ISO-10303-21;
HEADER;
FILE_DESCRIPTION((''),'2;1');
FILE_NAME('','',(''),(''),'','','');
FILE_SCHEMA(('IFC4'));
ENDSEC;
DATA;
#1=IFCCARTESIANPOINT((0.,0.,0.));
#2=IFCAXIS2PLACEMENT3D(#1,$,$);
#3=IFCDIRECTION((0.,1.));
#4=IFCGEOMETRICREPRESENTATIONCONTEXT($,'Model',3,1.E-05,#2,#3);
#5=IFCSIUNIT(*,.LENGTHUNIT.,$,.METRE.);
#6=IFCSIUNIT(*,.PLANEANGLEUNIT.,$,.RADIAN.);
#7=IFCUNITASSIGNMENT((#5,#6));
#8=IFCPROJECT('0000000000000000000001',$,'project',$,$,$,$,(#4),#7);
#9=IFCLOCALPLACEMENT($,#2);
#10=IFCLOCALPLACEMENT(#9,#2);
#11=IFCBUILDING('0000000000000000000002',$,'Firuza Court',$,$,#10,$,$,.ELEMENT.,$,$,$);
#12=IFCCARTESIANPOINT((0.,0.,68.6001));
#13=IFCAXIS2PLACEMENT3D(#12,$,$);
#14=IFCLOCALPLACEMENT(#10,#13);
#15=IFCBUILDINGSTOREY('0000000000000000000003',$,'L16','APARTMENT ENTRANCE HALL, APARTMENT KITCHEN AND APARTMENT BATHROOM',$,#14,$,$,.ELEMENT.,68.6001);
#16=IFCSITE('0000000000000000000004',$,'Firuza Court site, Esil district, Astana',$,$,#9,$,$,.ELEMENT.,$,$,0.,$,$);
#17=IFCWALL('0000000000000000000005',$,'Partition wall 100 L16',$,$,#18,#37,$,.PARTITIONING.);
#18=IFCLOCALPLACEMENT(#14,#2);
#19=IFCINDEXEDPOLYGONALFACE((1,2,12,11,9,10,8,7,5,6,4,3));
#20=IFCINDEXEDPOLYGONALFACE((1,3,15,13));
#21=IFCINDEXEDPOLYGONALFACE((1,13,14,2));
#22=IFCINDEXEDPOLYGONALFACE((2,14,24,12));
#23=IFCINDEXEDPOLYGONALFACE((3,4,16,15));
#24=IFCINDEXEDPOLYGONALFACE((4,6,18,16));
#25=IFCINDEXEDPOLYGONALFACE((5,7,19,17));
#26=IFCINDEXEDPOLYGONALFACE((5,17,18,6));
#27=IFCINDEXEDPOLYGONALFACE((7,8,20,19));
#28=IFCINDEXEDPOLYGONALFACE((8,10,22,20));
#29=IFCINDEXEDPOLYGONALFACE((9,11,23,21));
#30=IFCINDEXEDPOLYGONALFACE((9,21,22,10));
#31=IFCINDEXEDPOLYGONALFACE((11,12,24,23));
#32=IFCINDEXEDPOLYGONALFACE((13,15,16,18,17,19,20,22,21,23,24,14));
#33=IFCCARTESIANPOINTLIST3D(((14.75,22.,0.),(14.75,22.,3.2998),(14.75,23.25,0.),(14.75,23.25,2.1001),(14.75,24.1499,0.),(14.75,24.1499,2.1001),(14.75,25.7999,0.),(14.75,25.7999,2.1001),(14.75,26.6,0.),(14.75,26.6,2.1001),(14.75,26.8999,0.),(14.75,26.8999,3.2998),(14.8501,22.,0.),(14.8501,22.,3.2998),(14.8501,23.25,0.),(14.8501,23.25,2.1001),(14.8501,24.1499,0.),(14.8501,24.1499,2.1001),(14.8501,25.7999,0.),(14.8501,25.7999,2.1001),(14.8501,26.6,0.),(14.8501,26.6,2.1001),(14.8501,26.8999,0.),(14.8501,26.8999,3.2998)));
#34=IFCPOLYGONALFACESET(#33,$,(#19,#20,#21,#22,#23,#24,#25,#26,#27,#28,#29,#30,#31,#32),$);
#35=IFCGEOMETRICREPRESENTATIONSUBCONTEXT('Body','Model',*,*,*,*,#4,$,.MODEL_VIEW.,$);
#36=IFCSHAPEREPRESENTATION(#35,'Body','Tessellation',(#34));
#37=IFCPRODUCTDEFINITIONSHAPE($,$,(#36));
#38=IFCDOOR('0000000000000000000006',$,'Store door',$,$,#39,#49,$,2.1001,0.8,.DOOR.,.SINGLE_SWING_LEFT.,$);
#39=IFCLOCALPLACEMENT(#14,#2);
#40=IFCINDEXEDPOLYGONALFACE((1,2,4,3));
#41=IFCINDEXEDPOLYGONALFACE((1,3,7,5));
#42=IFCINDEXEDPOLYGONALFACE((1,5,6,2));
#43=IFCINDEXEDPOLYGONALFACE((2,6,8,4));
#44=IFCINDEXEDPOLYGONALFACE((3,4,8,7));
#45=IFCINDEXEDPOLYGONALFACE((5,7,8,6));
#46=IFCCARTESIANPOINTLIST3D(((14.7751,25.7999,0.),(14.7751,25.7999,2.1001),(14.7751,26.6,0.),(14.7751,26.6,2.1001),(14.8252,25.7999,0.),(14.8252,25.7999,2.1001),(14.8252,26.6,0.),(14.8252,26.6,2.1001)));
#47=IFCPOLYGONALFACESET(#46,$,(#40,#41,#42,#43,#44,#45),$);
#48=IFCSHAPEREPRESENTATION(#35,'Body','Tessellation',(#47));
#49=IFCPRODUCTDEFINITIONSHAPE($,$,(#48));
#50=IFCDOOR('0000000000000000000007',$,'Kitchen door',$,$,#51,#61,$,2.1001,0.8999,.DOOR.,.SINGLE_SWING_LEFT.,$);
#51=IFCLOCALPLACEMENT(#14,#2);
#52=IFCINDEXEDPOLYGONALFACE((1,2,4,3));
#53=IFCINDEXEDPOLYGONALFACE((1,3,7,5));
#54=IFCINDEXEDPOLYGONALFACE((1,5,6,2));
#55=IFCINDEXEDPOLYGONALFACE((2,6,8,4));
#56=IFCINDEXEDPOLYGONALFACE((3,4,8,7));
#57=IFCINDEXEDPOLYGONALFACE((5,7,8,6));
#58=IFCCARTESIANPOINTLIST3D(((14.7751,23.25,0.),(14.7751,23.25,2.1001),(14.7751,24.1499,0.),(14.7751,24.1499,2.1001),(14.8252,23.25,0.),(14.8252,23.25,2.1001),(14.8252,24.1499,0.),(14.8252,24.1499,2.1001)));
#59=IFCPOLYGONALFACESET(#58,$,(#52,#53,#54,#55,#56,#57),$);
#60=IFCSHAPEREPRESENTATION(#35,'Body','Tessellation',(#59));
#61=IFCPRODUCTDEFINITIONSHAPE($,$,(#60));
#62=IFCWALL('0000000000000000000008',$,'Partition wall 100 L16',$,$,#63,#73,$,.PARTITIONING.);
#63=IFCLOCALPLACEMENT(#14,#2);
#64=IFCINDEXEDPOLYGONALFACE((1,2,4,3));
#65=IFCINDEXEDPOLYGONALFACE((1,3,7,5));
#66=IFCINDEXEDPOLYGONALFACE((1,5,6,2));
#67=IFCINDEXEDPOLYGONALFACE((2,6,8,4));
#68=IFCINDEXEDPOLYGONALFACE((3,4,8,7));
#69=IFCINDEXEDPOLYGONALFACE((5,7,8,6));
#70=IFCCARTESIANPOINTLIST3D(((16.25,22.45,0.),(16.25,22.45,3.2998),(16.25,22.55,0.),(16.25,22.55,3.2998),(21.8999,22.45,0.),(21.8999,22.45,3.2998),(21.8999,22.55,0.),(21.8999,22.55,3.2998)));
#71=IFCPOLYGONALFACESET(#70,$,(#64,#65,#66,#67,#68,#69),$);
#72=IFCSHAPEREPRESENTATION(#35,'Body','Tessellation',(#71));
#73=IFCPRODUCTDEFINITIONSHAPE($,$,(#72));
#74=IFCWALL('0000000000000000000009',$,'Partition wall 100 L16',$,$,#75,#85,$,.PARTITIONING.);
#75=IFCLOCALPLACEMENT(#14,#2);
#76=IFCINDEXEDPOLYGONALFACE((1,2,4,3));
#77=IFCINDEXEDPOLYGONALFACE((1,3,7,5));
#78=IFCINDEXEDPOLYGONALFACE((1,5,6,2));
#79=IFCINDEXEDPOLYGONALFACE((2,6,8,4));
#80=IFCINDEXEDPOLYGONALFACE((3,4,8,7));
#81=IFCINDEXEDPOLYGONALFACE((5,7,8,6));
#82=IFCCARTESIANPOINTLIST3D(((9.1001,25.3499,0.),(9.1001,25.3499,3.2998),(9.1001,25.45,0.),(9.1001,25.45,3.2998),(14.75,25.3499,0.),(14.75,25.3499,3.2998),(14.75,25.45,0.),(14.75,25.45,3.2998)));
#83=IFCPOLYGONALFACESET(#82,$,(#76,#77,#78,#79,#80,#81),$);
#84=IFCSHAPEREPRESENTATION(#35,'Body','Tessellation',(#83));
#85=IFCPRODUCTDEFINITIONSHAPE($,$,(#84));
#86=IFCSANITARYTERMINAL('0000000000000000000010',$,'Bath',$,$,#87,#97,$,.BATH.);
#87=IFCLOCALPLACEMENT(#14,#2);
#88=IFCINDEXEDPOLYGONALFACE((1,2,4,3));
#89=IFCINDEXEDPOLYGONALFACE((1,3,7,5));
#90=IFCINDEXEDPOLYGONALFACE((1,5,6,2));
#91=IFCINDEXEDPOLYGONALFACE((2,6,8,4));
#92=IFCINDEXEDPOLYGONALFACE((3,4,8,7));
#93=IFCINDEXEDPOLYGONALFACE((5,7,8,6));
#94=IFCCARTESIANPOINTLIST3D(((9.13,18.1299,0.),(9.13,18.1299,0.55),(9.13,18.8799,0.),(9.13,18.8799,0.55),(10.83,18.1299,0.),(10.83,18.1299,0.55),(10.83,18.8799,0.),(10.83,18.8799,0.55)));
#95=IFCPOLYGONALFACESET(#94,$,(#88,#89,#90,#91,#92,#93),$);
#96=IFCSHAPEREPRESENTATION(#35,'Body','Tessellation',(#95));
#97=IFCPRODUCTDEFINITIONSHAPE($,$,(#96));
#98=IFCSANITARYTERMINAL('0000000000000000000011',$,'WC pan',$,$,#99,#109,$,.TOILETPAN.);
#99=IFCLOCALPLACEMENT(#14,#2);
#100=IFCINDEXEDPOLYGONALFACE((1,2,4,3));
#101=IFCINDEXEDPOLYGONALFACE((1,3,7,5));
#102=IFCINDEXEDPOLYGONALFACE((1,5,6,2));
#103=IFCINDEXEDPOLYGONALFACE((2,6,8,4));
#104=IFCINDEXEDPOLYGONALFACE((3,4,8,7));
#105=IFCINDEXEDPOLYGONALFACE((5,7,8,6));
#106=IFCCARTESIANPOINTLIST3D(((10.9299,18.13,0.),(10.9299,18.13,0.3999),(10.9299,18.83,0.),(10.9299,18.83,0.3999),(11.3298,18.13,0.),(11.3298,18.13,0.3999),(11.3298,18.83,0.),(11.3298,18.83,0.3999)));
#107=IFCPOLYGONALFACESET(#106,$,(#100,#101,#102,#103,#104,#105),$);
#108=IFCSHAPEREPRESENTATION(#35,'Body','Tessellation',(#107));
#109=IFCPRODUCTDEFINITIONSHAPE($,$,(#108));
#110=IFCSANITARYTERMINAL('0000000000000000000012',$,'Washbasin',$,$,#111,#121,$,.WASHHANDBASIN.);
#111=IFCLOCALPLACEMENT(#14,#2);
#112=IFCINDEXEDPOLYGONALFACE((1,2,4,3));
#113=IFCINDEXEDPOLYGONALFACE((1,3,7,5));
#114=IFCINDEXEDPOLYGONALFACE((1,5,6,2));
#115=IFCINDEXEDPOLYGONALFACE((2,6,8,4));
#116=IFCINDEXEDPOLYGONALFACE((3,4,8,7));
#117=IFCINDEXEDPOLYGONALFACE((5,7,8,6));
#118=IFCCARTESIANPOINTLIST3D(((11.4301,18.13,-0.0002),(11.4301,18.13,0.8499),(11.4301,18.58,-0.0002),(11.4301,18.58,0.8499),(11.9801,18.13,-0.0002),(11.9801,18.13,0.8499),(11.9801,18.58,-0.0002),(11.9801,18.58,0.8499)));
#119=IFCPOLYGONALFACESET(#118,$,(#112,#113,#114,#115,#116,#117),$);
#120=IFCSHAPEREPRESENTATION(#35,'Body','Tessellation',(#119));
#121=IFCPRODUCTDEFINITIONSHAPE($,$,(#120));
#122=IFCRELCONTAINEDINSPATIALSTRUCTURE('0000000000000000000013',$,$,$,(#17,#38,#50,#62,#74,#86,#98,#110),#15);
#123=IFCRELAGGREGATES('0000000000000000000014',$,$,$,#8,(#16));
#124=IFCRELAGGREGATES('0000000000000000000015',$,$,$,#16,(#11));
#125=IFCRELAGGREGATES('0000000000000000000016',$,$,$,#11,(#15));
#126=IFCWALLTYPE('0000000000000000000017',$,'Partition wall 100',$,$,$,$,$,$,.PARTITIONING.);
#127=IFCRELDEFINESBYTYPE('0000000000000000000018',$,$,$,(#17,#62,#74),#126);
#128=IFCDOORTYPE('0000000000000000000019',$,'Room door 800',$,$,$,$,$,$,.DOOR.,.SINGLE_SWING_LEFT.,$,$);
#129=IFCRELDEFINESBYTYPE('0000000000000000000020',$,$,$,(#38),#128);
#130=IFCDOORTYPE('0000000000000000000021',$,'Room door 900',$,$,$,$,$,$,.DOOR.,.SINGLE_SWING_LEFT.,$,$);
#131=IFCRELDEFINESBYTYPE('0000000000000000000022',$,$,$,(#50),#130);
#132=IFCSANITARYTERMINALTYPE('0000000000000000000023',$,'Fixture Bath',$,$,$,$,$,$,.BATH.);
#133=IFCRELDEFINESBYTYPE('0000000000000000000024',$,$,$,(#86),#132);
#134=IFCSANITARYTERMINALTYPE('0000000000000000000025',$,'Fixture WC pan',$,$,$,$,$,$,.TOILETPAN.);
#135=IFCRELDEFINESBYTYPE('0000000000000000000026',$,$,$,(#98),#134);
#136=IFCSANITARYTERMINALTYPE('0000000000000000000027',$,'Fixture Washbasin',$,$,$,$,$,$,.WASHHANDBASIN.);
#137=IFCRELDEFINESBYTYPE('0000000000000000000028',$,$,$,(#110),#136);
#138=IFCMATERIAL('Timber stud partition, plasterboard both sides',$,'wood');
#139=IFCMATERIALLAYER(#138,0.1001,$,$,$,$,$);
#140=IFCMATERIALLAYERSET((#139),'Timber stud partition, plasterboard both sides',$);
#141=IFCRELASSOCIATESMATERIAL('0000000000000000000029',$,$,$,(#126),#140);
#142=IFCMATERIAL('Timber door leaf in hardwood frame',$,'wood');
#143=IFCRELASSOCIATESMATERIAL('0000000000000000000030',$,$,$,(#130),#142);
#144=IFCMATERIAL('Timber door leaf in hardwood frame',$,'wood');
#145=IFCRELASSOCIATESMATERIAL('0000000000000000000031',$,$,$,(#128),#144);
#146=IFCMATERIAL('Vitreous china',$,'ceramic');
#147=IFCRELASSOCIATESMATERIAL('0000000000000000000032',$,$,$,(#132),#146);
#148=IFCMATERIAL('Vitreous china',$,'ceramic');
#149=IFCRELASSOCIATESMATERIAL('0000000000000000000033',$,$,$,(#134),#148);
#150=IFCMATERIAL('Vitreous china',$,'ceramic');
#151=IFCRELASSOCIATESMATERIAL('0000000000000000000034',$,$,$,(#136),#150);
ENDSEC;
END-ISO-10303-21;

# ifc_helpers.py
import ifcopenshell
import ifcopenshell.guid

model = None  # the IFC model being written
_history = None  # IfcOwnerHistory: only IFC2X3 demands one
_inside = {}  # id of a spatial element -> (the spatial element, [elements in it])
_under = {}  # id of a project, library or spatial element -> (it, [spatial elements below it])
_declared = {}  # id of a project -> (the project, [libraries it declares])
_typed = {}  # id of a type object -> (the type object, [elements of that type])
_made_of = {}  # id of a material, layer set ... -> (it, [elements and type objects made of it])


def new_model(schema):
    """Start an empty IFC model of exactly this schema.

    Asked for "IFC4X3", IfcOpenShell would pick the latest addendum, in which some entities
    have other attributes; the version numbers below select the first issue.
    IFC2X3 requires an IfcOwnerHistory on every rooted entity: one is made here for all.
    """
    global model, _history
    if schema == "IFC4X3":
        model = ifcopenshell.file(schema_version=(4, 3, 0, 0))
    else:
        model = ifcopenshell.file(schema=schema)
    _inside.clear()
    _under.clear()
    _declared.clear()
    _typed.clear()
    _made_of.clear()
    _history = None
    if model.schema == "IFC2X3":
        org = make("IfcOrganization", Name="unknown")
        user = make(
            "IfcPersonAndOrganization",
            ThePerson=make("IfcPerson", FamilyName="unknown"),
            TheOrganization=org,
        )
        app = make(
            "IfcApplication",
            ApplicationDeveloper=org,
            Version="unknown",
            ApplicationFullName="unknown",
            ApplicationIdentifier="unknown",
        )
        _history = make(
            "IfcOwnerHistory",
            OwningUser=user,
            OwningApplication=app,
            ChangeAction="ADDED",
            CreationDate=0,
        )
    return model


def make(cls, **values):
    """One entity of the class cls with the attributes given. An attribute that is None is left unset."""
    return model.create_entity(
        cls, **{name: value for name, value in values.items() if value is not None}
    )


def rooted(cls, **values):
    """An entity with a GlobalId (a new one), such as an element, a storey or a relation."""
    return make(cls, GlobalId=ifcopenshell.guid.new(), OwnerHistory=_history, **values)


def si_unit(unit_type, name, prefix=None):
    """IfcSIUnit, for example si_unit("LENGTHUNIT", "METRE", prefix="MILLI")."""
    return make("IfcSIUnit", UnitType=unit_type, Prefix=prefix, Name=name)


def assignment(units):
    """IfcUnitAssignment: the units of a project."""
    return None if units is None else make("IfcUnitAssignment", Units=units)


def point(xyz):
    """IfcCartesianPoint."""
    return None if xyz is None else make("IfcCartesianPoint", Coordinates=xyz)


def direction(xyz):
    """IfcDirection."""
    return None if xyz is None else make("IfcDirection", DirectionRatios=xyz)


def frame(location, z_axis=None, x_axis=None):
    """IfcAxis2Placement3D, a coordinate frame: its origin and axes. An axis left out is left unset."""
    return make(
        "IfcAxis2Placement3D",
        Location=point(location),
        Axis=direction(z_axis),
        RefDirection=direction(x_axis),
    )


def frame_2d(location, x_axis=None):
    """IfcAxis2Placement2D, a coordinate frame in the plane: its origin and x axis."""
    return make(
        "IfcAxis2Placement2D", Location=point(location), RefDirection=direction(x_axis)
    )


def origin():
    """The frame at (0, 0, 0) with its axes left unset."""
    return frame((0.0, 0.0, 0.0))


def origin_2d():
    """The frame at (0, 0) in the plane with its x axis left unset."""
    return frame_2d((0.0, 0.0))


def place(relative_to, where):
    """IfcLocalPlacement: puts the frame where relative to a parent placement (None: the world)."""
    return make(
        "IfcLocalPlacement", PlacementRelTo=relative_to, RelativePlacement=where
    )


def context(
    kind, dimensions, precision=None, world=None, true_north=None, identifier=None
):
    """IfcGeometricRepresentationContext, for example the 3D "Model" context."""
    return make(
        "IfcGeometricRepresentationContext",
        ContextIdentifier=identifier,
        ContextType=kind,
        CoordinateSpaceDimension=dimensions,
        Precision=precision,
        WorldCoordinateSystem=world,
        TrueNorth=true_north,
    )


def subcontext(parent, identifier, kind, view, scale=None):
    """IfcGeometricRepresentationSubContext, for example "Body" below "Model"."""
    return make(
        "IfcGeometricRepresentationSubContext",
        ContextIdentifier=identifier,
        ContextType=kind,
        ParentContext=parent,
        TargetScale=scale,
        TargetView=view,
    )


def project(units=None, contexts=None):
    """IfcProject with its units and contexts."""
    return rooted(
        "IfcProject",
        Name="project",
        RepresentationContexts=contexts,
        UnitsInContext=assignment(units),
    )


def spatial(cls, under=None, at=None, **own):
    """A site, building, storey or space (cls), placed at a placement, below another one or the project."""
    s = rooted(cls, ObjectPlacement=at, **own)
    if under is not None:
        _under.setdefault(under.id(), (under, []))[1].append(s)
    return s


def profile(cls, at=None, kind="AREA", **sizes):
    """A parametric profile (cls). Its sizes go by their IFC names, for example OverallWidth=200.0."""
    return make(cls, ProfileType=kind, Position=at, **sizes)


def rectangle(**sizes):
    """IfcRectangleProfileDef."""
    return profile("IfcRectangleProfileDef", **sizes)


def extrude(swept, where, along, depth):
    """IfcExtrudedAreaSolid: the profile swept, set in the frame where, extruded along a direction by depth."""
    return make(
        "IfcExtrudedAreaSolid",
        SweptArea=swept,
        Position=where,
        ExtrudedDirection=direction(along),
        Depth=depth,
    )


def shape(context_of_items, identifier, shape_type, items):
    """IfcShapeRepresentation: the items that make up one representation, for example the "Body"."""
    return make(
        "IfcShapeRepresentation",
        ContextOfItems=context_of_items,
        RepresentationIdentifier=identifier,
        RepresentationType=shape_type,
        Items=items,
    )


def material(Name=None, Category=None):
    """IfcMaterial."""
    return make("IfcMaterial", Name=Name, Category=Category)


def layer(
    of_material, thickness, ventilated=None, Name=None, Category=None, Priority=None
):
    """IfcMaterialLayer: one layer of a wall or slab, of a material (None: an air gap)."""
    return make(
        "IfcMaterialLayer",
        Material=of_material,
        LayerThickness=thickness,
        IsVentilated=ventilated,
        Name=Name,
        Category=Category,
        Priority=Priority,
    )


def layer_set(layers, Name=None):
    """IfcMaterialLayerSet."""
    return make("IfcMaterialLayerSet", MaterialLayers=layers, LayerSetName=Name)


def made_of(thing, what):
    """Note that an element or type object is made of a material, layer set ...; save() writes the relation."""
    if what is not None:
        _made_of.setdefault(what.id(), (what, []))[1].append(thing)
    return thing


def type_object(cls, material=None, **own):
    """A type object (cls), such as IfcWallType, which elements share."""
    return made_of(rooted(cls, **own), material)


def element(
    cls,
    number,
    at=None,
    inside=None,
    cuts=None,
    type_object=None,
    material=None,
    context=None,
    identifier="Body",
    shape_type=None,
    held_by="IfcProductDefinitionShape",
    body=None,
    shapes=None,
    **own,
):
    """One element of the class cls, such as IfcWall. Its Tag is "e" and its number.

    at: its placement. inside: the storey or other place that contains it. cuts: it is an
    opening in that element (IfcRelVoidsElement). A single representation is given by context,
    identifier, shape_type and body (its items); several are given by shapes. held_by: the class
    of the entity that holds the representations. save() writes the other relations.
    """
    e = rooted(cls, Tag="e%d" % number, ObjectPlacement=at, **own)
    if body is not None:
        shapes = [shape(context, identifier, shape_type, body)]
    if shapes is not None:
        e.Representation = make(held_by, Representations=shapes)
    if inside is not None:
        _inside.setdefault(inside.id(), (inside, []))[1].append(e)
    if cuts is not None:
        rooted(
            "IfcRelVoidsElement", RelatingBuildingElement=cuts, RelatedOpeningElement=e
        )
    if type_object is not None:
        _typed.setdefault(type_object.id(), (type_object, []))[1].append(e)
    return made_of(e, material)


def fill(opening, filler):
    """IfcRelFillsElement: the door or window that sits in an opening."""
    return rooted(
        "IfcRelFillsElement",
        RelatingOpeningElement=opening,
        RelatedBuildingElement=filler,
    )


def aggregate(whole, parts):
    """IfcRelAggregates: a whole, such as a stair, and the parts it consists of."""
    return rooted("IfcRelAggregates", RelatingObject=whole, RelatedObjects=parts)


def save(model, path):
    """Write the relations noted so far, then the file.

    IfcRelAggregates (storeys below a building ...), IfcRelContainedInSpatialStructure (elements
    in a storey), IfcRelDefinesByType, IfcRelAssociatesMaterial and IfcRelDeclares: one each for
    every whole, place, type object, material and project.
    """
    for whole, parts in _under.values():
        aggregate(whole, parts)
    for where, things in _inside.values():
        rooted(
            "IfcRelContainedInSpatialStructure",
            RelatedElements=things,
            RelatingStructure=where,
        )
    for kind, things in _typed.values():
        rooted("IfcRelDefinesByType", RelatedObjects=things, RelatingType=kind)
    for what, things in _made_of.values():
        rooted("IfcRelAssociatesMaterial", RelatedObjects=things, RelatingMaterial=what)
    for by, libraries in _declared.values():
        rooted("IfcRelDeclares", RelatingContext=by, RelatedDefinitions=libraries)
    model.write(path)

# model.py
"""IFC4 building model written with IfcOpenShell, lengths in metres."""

from ifc_helpers import new_model, si_unit, direction, frame, frame_2d, origin, origin_2d, place, context, subcontext, project, spatial, rectangle, extrude, material, layer, layer_set, type_object, element, fill, save


model = new_model("IFC4")

# Units and contexts
model_context = context("Model", 3, precision=1e-05, world=origin(), true_north=direction((0.0, 1.0)))
body_context = subcontext(model_context, "Body", "Model", "MODEL_VIEW")
ifc_project = project(units=[si_unit("LENGTHUNIT", "METRE"), si_unit("PLANEANGLEUNIT", "RADIAN")], contexts=[model_context])

# Site, building, storey
site_placement = place(None, origin())
site = spatial("IfcSite", under=ifc_project, at=site_placement, Name="Firuza Court site, Esil district, Astana", CompositionType="ELEMENT", RefElevation=0.0)
building_placement = place(site_placement, origin())
building = spatial("IfcBuilding", under=site, at=building_placement, Name="Firuza Court", CompositionType="ELEMENT")
storey_placement = place(building_placement, frame((0.0, 0.0, 68.6001)))
storey = spatial("IfcBuildingStorey", under=building, at=storey_placement, Name="L16", Description="APARTMENT ENTRANCE HALL, APARTMENT KITCHEN AND APARTMENT BATHROOM", CompositionType="ELEMENT", Elevation=68.6001)

# Shared definitions
ifc_material_1 = material(Name="Timber stud partition, plasterboard both sides", Category="wood")
ifc_layer_1 = layer(ifc_material_1, 0.1001)
ifc_layer_set_1 = layer_set([ifc_layer_1], Name="Timber stud partition, plasterboard both sides")
wall_type_1 = type_object("IfcWallType", Name="Partition wall 100", PredefinedType="PARTITIONING", material=ifc_layer_set_1)
ifc_material_2 = material(Name="Timber door leaf in hardwood frame", Category="wood")
door_type_1 = type_object("IfcDoorType", Name="Room door 900", OperationType="SINGLE_SWING_LEFT", PredefinedType="DOOR", material=ifc_material_2)

# Wall, openings, doors
wall_1_placement = place(storey_placement, frame((14.8, 22.0, 0.0), z_axis=(0.0, 0.0, 1.0), x_axis=(0.0, 1.0, 0.0)))
wall_1 = element("IfcWall", 1, at=wall_1_placement, inside=storey, type_object=wall_type_1, Name="Partition wall 100 L16", PredefinedType="PARTITIONING", context=body_context, shape_type="SweptSolid", body=[
    extrude(rectangle(XDim=4.8999, YDim=0.1001, at=frame_2d((2.45, 0.0))), origin(), (0.0, 0.0, 1.0), 3.2998),
])
opening_1_placement = place(wall_1_placement, frame((1.25, 0.0, 0.0)))
opening_1 = element("IfcOpeningElement", 2, at=opening_1_placement, cuts=wall_1, PredefinedType="OPENING", context=body_context, shape_type="SweptSolid", body=[
    extrude(rectangle(XDim=0.8999, YDim=2.1001, at=frame_2d((0.45, 1.05))), frame((0.0, 0.062, 0.0), z_axis=(0.0, -1.0, 0.0), x_axis=(1.0, 0.0, 0.0)), (0.0, 0.0, 1.0), 0.124),
])
opening_2_placement = place(wall_1_placement, frame((3.8, 0.0, 0.0)))
opening_2 = element("IfcOpeningElement", 3, at=opening_2_placement, cuts=wall_1, PredefinedType="OPENING", context=body_context, shape_type="SweptSolid", body=[
    extrude(rectangle(XDim=0.8, YDim=2.1001, at=frame_2d((0.3999, 1.05))), frame((0.0, 0.062, 0.0), z_axis=(0.0, -1.0, 0.0), x_axis=(1.0, 0.0, 0.0)), (0.0, 0.0, 1.0), 0.124),
])
ifc_material_3 = material(Name="Timber door leaf in hardwood frame", Category="wood")
door_type_2 = type_object("IfcDoorType", Name="Room door 800", OperationType="SINGLE_SWING_LEFT", PredefinedType="DOOR", material=ifc_material_3)
door_1_placement = place(opening_2_placement, origin())
door_1 = element("IfcDoor", 4, at=door_1_placement, inside=storey, type_object=door_type_2, Name="Store door", OperationType="SINGLE_SWING_LEFT", OverallHeight=2.1001, OverallWidth=0.8, PredefinedType="DOOR", context=body_context, shape_type="SweptSolid", body=[
    extrude(rectangle(XDim=0.8, YDim=2.1001, at=frame_2d((0.3999, 1.05))), frame((0.0, 0.0249, 0.0), z_axis=(0.0, -1.0, 0.0), x_axis=(1.0, 0.0, 0.0)), (0.0, 0.0, 1.0), 0.05),
])
fill(opening_2, door_1)
door_2_placement = place(opening_1_placement, origin())
door_2 = element("IfcDoor", 5, at=door_2_placement, inside=storey, type_object=door_type_1, Name="Kitchen door", OperationType="SINGLE_SWING_LEFT", OverallHeight=2.1001, OverallWidth=0.8999, PredefinedType="DOOR", context=body_context, shape_type="SweptSolid", body=[
    extrude(rectangle(XDim=0.8999, YDim=2.1001, at=frame_2d((0.45, 1.05))), frame((0.0, 0.0249, 0.0), z_axis=(0.0, -1.0, 0.0), x_axis=(1.0, 0.0, 0.0)), (0.0, 0.0, 1.0), 0.05),
])
fill(opening_1, door_2)

# Walls
for number, where, z_axis, x_axis, name in (
    (6, (16.25, 22.5, 0.0), (0.0, 0.0, 1.0), (1.0, 0.0, 0.0), "Partition wall 100 L16"),
    (7, (9.1001, 25.3999, 0.0), (0.0, 0.0, 1.0), (1.0, 0.0, 0.0), "Partition wall 100 L16"),
):
    element("IfcWall", number, at=place(storey_placement, frame(where, z_axis=z_axis, x_axis=x_axis)), inside=storey, type_object=wall_type_1, Name=name, PredefinedType="PARTITIONING", context=body_context, shape_type="SweptSolid", body=[
        extrude(rectangle(XDim=5.6499, YDim=0.1001, at=frame_2d((2.825, 0.0))), origin(), (0.0, 0.0, 1.0), 3.2998),
    ])

# Sanitary terminals
ifc_material_4 = material(Name="Vitreous china", Category="ceramic")
sanitary_terminal_type_1 = type_object("IfcSanitaryTerminalType", Name="Fixture Bath", PredefinedType="BATH", material=ifc_material_4)
sanitary_terminal_1_placement = place(storey_placement, frame((9.98, 18.5049, 0.0), z_axis=(0.0, 0.0, 1.0), x_axis=(1.0, 0.0, 0.0)))
element("IfcSanitaryTerminal", 8, at=sanitary_terminal_1_placement, inside=storey, type_object=sanitary_terminal_type_1, Name="Bath", PredefinedType="BATH", context=body_context, shape_type="SweptSolid", body=[
    extrude(rectangle(XDim=1.7, YDim=0.75, at=origin_2d()), origin(), (0.0, 0.0, 1.0), 0.55),
])
ifc_material_5 = material(Name="Vitreous china", Category="ceramic")
sanitary_terminal_type_2 = type_object("IfcSanitaryTerminalType", Name="Fixture WC pan", PredefinedType="TOILETPAN", material=ifc_material_5)
sanitary_terminal_2_placement = place(storey_placement, frame((11.1299, 18.48, 0.0), z_axis=(0.0, 0.0, 1.0), x_axis=(1.0, 0.0, 0.0)))
element("IfcSanitaryTerminal", 9, at=sanitary_terminal_2_placement, inside=storey, type_object=sanitary_terminal_type_2, Name="WC pan", PredefinedType="TOILETPAN", context=body_context, shape_type="SweptSolid", body=[
    extrude(rectangle(XDim=0.3999, YDim=0.7, at=origin_2d()), origin(), (0.0, 0.0, 1.0), 0.3999),
])
ifc_material_6 = material(Name="Vitreous china", Category="ceramic")
sanitary_terminal_type_3 = type_object("IfcSanitaryTerminalType", Name="Fixture Washbasin", PredefinedType="WASHHANDBASIN", material=ifc_material_6)
sanitary_terminal_3_placement = place(storey_placement, frame((11.7051, 18.355, -0.0002), z_axis=(0.0, 0.0, 1.0), x_axis=(1.0, 0.0, 0.0)))
element("IfcSanitaryTerminal", 10, at=sanitary_terminal_3_placement, inside=storey, type_object=sanitary_terminal_type_3, Name="Washbasin", PredefinedType="WASHHANDBASIN", context=body_context, shape_type="SweptSolid", body=[
    extrude(rectangle(XDim=0.55, YDim=0.45, at=origin_2d()), origin(), (0.0, 0.0, 1.0), 0.8501),
])

save(model, "model.ifc")
